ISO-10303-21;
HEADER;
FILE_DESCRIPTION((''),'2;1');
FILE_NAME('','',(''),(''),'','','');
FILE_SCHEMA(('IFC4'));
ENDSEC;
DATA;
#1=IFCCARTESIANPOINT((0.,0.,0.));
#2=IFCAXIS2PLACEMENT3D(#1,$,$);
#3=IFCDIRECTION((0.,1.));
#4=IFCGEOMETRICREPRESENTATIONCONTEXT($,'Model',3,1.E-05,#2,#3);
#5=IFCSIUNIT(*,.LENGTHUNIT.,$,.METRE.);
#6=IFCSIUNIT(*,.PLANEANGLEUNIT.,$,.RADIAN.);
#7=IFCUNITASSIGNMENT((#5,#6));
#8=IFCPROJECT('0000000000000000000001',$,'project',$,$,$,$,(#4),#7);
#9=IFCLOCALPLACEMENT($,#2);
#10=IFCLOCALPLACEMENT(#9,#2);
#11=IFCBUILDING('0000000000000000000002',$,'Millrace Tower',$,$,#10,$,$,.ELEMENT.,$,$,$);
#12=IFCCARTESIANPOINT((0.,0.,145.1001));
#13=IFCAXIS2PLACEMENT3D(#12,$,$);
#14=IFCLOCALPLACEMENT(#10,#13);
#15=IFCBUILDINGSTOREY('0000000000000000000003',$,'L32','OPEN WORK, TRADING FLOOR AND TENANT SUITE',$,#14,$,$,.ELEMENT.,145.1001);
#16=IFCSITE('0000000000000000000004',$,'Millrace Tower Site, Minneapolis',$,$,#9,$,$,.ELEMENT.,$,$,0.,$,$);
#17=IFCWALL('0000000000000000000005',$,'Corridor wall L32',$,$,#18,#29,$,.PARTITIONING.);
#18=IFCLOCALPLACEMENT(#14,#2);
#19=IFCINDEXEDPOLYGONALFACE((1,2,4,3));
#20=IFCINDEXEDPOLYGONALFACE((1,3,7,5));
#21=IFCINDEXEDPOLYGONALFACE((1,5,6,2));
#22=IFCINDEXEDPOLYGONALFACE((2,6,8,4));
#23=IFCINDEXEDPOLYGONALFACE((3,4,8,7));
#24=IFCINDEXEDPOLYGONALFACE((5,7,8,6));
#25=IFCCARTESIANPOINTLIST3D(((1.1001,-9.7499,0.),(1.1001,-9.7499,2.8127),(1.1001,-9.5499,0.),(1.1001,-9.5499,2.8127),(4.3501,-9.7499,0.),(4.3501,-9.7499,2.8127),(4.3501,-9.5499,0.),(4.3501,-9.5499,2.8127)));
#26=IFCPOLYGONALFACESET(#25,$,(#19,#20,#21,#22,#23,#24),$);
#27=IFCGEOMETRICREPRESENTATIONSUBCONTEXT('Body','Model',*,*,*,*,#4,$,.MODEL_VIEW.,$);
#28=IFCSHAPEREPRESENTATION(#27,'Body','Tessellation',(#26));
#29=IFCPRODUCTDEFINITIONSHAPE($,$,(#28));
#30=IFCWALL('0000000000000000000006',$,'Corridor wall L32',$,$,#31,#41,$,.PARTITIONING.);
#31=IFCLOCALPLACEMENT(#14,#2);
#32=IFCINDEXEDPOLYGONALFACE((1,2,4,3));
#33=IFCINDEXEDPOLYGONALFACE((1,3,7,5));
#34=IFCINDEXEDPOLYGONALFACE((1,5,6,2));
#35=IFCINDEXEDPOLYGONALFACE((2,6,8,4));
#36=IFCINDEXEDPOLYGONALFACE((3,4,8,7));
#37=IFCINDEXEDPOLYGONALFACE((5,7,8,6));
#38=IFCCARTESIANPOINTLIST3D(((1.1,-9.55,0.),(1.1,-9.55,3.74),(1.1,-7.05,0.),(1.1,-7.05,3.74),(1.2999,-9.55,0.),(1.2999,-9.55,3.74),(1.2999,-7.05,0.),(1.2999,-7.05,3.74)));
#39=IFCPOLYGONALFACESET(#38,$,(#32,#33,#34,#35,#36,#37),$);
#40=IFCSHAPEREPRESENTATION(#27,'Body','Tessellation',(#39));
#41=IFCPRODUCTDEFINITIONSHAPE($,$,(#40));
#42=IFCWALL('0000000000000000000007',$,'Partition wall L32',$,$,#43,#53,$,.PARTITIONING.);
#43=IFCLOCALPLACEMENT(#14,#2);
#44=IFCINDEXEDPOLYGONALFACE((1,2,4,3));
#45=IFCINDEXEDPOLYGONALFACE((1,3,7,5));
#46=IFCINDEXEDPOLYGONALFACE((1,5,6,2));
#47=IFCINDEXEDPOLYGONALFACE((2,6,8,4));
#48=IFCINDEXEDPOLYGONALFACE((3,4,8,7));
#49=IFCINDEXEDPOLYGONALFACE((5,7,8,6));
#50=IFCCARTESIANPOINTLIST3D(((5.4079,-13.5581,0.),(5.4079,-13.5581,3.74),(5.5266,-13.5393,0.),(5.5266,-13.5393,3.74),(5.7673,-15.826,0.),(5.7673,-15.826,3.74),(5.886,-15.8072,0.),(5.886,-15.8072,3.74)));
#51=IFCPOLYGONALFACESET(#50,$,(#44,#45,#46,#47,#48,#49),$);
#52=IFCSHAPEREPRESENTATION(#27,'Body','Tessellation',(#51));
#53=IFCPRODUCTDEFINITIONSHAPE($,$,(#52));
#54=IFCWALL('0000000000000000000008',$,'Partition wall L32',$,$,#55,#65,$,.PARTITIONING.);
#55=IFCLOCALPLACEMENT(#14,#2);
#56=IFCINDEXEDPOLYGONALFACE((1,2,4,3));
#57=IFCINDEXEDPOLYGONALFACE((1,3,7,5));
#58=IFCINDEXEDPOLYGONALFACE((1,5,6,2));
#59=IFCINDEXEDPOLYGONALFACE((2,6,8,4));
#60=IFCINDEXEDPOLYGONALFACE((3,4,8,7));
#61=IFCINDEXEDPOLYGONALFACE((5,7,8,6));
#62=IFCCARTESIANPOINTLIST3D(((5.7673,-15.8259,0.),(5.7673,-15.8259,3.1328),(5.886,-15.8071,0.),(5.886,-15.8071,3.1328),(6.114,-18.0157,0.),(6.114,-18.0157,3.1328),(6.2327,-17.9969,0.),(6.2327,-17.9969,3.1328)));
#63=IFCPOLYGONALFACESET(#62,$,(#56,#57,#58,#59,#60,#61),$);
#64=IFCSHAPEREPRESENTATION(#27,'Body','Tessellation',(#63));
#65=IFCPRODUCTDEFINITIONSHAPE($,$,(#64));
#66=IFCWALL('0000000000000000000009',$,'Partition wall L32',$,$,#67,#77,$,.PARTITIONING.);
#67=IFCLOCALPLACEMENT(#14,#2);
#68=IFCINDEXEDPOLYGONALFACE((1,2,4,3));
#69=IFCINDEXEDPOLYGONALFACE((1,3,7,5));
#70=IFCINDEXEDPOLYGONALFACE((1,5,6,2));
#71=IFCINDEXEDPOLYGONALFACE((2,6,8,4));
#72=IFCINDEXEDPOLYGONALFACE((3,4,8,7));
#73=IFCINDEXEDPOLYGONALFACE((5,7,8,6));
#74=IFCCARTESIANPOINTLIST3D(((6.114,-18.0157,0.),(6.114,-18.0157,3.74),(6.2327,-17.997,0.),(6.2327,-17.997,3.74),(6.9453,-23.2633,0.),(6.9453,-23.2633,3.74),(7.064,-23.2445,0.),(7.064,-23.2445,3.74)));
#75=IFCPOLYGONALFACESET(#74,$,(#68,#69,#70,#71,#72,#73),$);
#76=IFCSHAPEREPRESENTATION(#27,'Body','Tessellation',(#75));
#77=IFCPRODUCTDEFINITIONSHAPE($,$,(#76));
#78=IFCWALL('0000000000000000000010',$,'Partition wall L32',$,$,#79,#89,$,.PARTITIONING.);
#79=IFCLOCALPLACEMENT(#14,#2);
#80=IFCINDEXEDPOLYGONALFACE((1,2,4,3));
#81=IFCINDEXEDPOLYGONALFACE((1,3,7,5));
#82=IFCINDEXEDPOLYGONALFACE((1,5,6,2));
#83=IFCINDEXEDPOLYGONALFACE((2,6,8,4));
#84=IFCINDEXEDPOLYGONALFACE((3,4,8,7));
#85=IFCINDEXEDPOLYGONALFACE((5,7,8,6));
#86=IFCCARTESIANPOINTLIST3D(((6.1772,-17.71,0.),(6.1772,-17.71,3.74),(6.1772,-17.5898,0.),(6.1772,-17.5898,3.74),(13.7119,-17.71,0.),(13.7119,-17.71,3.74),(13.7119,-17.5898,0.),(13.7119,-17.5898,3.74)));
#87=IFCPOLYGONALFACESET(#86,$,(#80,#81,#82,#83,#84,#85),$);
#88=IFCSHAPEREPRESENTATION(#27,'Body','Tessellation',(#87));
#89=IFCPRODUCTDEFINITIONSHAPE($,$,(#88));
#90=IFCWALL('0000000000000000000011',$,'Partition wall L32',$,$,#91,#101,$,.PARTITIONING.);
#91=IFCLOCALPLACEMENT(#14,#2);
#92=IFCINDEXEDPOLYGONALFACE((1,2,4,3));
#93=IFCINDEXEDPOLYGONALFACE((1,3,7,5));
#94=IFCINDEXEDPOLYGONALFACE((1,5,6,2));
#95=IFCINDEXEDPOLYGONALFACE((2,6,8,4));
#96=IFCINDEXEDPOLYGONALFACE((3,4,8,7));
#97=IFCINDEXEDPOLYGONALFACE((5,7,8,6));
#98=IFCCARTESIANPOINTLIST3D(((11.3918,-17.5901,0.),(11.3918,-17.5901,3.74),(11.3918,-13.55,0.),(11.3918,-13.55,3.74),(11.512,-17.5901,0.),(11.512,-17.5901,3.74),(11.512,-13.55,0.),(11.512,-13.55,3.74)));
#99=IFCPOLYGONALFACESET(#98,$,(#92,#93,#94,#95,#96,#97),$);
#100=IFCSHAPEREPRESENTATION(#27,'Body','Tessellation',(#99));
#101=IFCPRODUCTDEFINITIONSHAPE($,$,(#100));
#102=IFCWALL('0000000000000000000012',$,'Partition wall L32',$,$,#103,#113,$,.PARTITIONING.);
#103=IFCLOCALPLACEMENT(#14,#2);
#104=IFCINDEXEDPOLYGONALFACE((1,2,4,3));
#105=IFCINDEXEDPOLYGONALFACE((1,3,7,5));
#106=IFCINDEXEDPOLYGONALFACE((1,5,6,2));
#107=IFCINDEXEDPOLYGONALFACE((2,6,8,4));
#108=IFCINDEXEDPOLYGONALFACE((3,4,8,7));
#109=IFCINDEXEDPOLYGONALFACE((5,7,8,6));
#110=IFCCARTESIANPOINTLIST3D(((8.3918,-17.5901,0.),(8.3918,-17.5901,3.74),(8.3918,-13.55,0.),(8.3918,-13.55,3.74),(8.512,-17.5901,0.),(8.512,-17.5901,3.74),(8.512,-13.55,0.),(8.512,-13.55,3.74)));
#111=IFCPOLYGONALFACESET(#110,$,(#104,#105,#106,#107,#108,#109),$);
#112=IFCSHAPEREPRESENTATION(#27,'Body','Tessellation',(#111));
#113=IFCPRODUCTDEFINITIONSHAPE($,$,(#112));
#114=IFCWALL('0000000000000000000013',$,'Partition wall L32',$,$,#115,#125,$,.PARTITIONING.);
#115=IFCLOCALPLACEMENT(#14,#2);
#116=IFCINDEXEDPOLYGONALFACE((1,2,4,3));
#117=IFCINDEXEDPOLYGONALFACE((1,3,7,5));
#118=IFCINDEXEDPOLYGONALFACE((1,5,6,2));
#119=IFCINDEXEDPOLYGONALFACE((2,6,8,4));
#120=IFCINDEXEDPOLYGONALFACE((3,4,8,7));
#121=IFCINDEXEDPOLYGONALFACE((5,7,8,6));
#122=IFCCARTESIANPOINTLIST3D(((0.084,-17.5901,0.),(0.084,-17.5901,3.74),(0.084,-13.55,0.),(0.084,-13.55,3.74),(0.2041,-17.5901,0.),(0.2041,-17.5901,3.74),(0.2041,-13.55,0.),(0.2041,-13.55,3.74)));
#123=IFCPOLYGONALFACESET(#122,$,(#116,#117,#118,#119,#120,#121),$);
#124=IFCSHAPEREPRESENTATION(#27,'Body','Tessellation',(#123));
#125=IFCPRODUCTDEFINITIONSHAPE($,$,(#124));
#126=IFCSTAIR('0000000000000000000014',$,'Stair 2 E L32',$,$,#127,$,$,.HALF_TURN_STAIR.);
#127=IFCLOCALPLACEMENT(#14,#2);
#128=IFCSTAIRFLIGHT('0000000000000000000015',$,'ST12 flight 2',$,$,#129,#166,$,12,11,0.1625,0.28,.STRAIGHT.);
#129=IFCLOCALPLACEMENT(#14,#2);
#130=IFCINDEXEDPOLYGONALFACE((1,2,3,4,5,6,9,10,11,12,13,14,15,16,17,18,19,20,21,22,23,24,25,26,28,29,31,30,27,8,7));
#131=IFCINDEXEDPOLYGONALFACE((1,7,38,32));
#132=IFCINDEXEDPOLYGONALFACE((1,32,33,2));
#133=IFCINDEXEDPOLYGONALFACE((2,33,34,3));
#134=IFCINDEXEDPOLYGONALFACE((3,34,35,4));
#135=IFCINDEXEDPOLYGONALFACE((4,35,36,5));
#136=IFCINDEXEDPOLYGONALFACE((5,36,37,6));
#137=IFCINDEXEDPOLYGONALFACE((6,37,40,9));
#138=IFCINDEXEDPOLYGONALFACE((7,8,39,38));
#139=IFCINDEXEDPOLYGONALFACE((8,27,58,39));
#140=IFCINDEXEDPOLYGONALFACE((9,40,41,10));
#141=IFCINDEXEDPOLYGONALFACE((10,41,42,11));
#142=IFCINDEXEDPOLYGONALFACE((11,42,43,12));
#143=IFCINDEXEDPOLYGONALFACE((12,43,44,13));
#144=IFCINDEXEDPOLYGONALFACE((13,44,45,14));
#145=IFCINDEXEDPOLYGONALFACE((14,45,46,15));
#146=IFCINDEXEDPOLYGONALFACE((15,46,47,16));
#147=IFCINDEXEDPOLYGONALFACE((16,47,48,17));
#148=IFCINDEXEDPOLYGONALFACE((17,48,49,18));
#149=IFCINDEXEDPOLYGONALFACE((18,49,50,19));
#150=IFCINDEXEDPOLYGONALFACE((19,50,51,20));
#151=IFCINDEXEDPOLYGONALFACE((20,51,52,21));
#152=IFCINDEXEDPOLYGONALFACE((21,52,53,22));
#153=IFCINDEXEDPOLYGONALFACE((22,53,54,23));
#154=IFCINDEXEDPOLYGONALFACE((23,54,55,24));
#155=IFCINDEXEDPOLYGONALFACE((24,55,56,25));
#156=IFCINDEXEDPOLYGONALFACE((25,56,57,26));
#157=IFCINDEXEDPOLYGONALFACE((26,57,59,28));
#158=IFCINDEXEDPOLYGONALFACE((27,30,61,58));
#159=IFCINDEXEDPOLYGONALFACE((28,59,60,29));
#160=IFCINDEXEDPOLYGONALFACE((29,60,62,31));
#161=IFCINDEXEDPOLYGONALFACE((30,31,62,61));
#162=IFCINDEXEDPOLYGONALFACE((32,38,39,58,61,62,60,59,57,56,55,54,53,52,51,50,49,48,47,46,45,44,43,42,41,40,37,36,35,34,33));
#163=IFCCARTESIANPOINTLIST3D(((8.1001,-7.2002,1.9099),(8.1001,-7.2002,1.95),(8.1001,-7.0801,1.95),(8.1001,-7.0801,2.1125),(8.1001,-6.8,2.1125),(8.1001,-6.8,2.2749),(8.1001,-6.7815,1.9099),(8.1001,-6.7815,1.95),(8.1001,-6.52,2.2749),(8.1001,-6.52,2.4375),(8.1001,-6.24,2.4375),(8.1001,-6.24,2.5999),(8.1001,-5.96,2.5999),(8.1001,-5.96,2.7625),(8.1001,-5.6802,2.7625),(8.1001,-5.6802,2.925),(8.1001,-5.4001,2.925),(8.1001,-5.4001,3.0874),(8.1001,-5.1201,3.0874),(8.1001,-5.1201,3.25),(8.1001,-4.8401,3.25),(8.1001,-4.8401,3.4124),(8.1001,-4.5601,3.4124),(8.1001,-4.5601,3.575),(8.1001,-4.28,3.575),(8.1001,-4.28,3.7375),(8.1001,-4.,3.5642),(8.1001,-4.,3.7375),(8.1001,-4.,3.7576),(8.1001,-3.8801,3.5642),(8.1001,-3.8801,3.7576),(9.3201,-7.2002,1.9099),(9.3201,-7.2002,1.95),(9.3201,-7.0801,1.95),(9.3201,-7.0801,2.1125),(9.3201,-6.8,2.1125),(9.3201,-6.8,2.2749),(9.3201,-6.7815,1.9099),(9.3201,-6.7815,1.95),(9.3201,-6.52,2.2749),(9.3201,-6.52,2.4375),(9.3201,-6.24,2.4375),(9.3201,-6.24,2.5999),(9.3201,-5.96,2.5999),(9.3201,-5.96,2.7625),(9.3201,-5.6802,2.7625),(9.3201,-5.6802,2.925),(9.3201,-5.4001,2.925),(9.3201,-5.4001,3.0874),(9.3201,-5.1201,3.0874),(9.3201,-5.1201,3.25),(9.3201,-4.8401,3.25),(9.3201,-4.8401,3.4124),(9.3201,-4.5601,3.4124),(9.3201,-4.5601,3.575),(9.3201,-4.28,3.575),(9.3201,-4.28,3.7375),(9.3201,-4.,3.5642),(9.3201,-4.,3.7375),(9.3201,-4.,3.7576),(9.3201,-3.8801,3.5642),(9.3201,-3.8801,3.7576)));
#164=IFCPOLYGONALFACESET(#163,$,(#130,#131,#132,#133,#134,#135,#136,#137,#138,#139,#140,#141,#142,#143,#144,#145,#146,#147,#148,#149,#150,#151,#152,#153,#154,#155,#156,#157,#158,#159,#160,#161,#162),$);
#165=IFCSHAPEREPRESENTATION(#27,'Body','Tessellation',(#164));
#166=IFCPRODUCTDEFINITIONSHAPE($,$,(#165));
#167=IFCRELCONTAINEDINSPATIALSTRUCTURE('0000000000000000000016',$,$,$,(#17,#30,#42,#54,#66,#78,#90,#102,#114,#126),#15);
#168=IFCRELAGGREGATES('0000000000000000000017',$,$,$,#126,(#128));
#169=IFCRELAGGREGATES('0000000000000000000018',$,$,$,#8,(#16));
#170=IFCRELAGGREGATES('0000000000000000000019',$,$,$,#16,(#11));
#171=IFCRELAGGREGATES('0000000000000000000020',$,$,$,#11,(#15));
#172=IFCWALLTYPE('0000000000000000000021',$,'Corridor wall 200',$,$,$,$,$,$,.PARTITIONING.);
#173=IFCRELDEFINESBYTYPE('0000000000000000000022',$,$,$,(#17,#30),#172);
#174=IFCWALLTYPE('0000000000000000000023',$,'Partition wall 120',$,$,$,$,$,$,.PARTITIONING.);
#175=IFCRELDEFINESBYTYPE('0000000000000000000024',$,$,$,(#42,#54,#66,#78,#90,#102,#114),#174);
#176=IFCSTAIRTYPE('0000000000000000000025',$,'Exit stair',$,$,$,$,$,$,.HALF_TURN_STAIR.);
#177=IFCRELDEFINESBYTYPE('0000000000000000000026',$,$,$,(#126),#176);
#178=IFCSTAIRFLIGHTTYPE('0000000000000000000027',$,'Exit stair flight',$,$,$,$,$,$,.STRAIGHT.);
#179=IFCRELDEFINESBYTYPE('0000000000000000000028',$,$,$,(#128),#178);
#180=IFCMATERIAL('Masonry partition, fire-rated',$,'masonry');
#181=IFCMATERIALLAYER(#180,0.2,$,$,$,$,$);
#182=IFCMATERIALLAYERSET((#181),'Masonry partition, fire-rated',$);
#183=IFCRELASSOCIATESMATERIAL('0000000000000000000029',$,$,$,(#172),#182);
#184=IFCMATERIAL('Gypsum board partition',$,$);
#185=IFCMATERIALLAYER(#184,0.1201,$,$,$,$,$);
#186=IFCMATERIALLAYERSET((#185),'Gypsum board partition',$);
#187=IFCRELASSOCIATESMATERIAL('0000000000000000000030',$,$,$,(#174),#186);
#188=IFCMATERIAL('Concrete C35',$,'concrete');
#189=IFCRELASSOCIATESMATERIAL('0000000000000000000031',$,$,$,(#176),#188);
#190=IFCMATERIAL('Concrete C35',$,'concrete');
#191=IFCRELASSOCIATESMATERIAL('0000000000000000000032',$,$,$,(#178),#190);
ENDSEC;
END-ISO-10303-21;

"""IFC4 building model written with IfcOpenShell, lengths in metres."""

from ifc_helpers import new_model, si_unit, direction, frame, frame_2d, origin, place, context, subcontext, project, spatial, polyline, rectangle, outline, extrude, material, layer, layer_set, type_object, element, aggregate, save


model = new_model("IFC4")

# Units and contexts
model_context = context("Model", 3, precision=1e-05, world=origin(), true_north=direction((0.0, 1.0)))
body_context = subcontext(model_context, "Body", "Model", "MODEL_VIEW")
ifc_project = project(units=[si_unit("LENGTHUNIT", "METRE"), si_unit("PLANEANGLEUNIT", "RADIAN")], contexts=[model_context])

# Site, building, storey
site_placement = place(None, origin())
site = spatial("IfcSite", under=ifc_project, at=site_placement, Name="Millrace Tower Site, Minneapolis", CompositionType="ELEMENT", RefElevation=0.0)
building_placement = place(site_placement, origin())
building = spatial("IfcBuilding", under=site, at=building_placement, Name="Millrace Tower", CompositionType="ELEMENT")
storey_placement = place(building_placement, frame((0.0, 0.0, 145.1001)))
storey = spatial("IfcBuildingStorey", under=building, at=storey_placement, Name="L32", Description="OPEN WORK, TRADING FLOOR AND TENANT SUITE", CompositionType="ELEMENT", Elevation=145.1001)

# Shared definitions
placement = place(storey_placement, origin())

# Walls
ifc_material_1 = material(Name="Masonry partition, fire-rated", Category="masonry")
ifc_layer_1 = layer(ifc_material_1, 0.2)
ifc_layer_set_1 = layer_set([ifc_layer_1], Name="Masonry partition, fire-rated")
wall_type_1 = type_object("IfcWallType", Name="Corridor wall 200", PredefinedType="PARTITIONING", material=ifc_layer_set_1)
wall_1_placement = place(storey_placement, frame((1.1001, -9.6499, 0.0), z_axis=(0.0, 0.0, 1.0), x_axis=(1.0, 0.0, 0.0)))
element("IfcWall", 1, at=wall_1_placement, inside=storey, type_object=wall_type_1, Name="Corridor wall L32", PredefinedType="PARTITIONING", context=body_context, shape_type="SweptSolid", body=[
    extrude(rectangle(XDim=3.25, YDim=0.2, at=frame_2d((1.625, 0.0))), origin(), (0.0, 0.0, 1.0), 2.8127),
])
wall_2_placement = place(storey_placement, frame((1.2, -9.55, 0.0), z_axis=(0.0, 0.0, 1.0), x_axis=(0.0, 1.0, 0.0)))
element("IfcWall", 2, at=wall_2_placement, inside=storey, type_object=wall_type_1, Name="Corridor wall L32", PredefinedType="PARTITIONING", context=body_context, shape_type="SweptSolid", body=[
    extrude(rectangle(XDim=2.5, YDim=0.2, at=frame_2d((1.25, 0.0))), origin(), (0.0, 0.0, 1.0), 3.74),
])
ifc_material_2 = material(Name="Gypsum board partition")
ifc_layer_2 = layer(ifc_material_2, 0.1201)
ifc_layer_set_2 = layer_set([ifc_layer_2], Name="Gypsum board partition")
wall_type_2 = type_object("IfcWallType", Name="Partition wall 120", PredefinedType="PARTITIONING", material=ifc_layer_set_2)
wall_3_placement = place(storey_placement, frame((5.4673, -13.5488, 0.0), z_axis=(0.0, 0.0, 1.0), x_axis=(0.156514, -0.987676, 0.0)))
element("IfcWall", 3, at=wall_3_placement, inside=storey, type_object=wall_type_2, Name="Partition wall L32", PredefinedType="PARTITIONING", context=body_context, shape_type="SweptSolid", body=[
    extrude(rectangle(XDim=2.2961, YDim=0.1201, at=frame_2d((1.1479, 0.0))), origin(), (0.0, 0.0, 1.0), 3.74),
])
wall_4_placement = place(storey_placement, frame((5.8267, -15.8167, 0.0), z_axis=(0.0, 0.0, 1.0), x_axis=(0.156375, -0.987698, 0.0)))
element("IfcWall", 4, at=wall_4_placement, inside=storey, type_object=wall_type_2, Name="Partition wall L32", PredefinedType="PARTITIONING", context=body_context, shape_type="SweptSolid", body=[
    extrude(rectangle(XDim=2.217, YDim=0.1201, at=frame_2d((1.1084, 0.0))), origin(), (0.0, 0.0, 1.0), 3.1328),
])
wall_5_placement = place(storey_placement, frame((6.1733, -18.0063, 0.0), z_axis=(0.0, 0.0, 1.0), x_axis=(0.156465, -0.987683, 0.0)))
element("IfcWall", 5, at=wall_5_placement, inside=storey, type_object=wall_type_2, Name="Partition wall L32", PredefinedType="PARTITIONING", context=body_context, shape_type="SweptSolid", body=[
    extrude(rectangle(XDim=5.313, YDim=0.1201, at=frame_2d((2.6565, 0.0))), origin(), (0.0, 0.0, 1.0), 3.74),
])
wall_6_placement = place(storey_placement, frame((6.1772, -17.6499, 0.0), z_axis=(0.0, 0.0, 1.0), x_axis=(1.0, 0.0, 0.0)))
element("IfcWall", 6, at=wall_6_placement, inside=storey, type_object=wall_type_2, Name="Partition wall L32", PredefinedType="PARTITIONING", context=body_context, shape_type="SweptSolid", body=[
    extrude(rectangle(XDim=7.5347, YDim=0.1201, at=frame_2d((3.7673, 0.0))), origin(), (0.0, 0.0, 1.0), 3.74),
])
for number, where, z_axis, x_axis, name in (
    (7, (11.4519, -17.5901, 0.0), (0.0, 0.0, 1.0), (0.0, 1.0, 0.0), "Partition wall L32"),
    (8, (8.4519, -17.5901, 0.0), (0.0, 0.0, 1.0), (0.0, 1.0, 0.0), "Partition wall L32"),
    (9, (0.144, -17.5901, 0.0), (0.0, 0.0, 1.0), (0.0, 1.0, 0.0), "Partition wall L32"),
):
    element("IfcWall", number, at=place(storey_placement, frame(where, z_axis=z_axis, x_axis=x_axis)), inside=storey, type_object=wall_type_2, Name=name, PredefinedType="PARTITIONING", context=body_context, shape_type="SweptSolid", body=[
        extrude(rectangle(XDim=4.04, YDim=0.1201, at=frame_2d((2.02, 0.0))), origin(), (0.0, 0.0, 1.0), 3.74),
    ])

# Stair, stair flight
ifc_material_3 = material(Name="Concrete C35", Category="concrete")
stair_type = type_object("IfcStairType", Name="Exit stair", PredefinedType="HALF_TURN_STAIR", material=ifc_material_3)
stair_1 = element("IfcStair", 10, at=placement, inside=storey, type_object=stair_type, Name="Stair 2 E L32", PredefinedType="HALF_TURN_STAIR")
ifc_material_4 = material(Name="Concrete C35", Category="concrete")
stair_flight_type = type_object("IfcStairFlightType", Name="Exit stair flight", PredefinedType="STRAIGHT", material=ifc_material_4)
stair_flight_1_placement = place(storey_placement, frame((8.71, -7.0801, 1.95), z_axis=(0.0, 0.0, 1.0), x_axis=(0.0, 1.0, 0.0)))
stair_flight_1 = element("IfcStairFlight", 11, at=stair_flight_1_placement, type_object=stair_flight_type, Name="ST12 flight 2", NumberOfRisers=12, NumberOfTreads=11, PredefinedType="STRAIGHT", RiserHeight=0.1625, TreadLength=0.28, context=body_context, shape_type="SweptSolid", body=[
    extrude(outline(polyline([(-0.1201, -0.04), (-0.1201, 0.0), (0.0, 0.0), (0.0, 0.1626), (0.28, 0.1626), (0.28, 0.325), (0.5601, 0.325), (0.5601, 0.4875), (0.8401, 0.4875), (0.8401, 0.6499), (1.1201, 0.6499), (1.1201, 0.8125), (1.3999, 0.8125), (1.3999, 0.9751), (1.6799, 0.9751), (1.6799, 1.1375), (1.96, 1.1375), (1.96, 1.3), (2.24, 1.3), (2.24, 1.4624), (2.52, 1.4624), (2.52, 1.625), (2.8, 1.625), (2.8, 1.7876), (3.0801, 1.7876), (3.0801, 1.8076), (3.2, 1.8076), (3.2, 1.6143), (3.0801, 1.6143), (0.2986, 0.0), (0.2986, -0.04), (-0.1201, -0.04)])), frame((0.0, 0.6099, 0.0), z_axis=(0.0, -1.0, 0.0), x_axis=(1.0, 0.0, 0.0)), (0.0, 0.0, 1.0), 1.22),
])
aggregate(stair_1, [stair_flight_1])

save(model, "model.ifc")
